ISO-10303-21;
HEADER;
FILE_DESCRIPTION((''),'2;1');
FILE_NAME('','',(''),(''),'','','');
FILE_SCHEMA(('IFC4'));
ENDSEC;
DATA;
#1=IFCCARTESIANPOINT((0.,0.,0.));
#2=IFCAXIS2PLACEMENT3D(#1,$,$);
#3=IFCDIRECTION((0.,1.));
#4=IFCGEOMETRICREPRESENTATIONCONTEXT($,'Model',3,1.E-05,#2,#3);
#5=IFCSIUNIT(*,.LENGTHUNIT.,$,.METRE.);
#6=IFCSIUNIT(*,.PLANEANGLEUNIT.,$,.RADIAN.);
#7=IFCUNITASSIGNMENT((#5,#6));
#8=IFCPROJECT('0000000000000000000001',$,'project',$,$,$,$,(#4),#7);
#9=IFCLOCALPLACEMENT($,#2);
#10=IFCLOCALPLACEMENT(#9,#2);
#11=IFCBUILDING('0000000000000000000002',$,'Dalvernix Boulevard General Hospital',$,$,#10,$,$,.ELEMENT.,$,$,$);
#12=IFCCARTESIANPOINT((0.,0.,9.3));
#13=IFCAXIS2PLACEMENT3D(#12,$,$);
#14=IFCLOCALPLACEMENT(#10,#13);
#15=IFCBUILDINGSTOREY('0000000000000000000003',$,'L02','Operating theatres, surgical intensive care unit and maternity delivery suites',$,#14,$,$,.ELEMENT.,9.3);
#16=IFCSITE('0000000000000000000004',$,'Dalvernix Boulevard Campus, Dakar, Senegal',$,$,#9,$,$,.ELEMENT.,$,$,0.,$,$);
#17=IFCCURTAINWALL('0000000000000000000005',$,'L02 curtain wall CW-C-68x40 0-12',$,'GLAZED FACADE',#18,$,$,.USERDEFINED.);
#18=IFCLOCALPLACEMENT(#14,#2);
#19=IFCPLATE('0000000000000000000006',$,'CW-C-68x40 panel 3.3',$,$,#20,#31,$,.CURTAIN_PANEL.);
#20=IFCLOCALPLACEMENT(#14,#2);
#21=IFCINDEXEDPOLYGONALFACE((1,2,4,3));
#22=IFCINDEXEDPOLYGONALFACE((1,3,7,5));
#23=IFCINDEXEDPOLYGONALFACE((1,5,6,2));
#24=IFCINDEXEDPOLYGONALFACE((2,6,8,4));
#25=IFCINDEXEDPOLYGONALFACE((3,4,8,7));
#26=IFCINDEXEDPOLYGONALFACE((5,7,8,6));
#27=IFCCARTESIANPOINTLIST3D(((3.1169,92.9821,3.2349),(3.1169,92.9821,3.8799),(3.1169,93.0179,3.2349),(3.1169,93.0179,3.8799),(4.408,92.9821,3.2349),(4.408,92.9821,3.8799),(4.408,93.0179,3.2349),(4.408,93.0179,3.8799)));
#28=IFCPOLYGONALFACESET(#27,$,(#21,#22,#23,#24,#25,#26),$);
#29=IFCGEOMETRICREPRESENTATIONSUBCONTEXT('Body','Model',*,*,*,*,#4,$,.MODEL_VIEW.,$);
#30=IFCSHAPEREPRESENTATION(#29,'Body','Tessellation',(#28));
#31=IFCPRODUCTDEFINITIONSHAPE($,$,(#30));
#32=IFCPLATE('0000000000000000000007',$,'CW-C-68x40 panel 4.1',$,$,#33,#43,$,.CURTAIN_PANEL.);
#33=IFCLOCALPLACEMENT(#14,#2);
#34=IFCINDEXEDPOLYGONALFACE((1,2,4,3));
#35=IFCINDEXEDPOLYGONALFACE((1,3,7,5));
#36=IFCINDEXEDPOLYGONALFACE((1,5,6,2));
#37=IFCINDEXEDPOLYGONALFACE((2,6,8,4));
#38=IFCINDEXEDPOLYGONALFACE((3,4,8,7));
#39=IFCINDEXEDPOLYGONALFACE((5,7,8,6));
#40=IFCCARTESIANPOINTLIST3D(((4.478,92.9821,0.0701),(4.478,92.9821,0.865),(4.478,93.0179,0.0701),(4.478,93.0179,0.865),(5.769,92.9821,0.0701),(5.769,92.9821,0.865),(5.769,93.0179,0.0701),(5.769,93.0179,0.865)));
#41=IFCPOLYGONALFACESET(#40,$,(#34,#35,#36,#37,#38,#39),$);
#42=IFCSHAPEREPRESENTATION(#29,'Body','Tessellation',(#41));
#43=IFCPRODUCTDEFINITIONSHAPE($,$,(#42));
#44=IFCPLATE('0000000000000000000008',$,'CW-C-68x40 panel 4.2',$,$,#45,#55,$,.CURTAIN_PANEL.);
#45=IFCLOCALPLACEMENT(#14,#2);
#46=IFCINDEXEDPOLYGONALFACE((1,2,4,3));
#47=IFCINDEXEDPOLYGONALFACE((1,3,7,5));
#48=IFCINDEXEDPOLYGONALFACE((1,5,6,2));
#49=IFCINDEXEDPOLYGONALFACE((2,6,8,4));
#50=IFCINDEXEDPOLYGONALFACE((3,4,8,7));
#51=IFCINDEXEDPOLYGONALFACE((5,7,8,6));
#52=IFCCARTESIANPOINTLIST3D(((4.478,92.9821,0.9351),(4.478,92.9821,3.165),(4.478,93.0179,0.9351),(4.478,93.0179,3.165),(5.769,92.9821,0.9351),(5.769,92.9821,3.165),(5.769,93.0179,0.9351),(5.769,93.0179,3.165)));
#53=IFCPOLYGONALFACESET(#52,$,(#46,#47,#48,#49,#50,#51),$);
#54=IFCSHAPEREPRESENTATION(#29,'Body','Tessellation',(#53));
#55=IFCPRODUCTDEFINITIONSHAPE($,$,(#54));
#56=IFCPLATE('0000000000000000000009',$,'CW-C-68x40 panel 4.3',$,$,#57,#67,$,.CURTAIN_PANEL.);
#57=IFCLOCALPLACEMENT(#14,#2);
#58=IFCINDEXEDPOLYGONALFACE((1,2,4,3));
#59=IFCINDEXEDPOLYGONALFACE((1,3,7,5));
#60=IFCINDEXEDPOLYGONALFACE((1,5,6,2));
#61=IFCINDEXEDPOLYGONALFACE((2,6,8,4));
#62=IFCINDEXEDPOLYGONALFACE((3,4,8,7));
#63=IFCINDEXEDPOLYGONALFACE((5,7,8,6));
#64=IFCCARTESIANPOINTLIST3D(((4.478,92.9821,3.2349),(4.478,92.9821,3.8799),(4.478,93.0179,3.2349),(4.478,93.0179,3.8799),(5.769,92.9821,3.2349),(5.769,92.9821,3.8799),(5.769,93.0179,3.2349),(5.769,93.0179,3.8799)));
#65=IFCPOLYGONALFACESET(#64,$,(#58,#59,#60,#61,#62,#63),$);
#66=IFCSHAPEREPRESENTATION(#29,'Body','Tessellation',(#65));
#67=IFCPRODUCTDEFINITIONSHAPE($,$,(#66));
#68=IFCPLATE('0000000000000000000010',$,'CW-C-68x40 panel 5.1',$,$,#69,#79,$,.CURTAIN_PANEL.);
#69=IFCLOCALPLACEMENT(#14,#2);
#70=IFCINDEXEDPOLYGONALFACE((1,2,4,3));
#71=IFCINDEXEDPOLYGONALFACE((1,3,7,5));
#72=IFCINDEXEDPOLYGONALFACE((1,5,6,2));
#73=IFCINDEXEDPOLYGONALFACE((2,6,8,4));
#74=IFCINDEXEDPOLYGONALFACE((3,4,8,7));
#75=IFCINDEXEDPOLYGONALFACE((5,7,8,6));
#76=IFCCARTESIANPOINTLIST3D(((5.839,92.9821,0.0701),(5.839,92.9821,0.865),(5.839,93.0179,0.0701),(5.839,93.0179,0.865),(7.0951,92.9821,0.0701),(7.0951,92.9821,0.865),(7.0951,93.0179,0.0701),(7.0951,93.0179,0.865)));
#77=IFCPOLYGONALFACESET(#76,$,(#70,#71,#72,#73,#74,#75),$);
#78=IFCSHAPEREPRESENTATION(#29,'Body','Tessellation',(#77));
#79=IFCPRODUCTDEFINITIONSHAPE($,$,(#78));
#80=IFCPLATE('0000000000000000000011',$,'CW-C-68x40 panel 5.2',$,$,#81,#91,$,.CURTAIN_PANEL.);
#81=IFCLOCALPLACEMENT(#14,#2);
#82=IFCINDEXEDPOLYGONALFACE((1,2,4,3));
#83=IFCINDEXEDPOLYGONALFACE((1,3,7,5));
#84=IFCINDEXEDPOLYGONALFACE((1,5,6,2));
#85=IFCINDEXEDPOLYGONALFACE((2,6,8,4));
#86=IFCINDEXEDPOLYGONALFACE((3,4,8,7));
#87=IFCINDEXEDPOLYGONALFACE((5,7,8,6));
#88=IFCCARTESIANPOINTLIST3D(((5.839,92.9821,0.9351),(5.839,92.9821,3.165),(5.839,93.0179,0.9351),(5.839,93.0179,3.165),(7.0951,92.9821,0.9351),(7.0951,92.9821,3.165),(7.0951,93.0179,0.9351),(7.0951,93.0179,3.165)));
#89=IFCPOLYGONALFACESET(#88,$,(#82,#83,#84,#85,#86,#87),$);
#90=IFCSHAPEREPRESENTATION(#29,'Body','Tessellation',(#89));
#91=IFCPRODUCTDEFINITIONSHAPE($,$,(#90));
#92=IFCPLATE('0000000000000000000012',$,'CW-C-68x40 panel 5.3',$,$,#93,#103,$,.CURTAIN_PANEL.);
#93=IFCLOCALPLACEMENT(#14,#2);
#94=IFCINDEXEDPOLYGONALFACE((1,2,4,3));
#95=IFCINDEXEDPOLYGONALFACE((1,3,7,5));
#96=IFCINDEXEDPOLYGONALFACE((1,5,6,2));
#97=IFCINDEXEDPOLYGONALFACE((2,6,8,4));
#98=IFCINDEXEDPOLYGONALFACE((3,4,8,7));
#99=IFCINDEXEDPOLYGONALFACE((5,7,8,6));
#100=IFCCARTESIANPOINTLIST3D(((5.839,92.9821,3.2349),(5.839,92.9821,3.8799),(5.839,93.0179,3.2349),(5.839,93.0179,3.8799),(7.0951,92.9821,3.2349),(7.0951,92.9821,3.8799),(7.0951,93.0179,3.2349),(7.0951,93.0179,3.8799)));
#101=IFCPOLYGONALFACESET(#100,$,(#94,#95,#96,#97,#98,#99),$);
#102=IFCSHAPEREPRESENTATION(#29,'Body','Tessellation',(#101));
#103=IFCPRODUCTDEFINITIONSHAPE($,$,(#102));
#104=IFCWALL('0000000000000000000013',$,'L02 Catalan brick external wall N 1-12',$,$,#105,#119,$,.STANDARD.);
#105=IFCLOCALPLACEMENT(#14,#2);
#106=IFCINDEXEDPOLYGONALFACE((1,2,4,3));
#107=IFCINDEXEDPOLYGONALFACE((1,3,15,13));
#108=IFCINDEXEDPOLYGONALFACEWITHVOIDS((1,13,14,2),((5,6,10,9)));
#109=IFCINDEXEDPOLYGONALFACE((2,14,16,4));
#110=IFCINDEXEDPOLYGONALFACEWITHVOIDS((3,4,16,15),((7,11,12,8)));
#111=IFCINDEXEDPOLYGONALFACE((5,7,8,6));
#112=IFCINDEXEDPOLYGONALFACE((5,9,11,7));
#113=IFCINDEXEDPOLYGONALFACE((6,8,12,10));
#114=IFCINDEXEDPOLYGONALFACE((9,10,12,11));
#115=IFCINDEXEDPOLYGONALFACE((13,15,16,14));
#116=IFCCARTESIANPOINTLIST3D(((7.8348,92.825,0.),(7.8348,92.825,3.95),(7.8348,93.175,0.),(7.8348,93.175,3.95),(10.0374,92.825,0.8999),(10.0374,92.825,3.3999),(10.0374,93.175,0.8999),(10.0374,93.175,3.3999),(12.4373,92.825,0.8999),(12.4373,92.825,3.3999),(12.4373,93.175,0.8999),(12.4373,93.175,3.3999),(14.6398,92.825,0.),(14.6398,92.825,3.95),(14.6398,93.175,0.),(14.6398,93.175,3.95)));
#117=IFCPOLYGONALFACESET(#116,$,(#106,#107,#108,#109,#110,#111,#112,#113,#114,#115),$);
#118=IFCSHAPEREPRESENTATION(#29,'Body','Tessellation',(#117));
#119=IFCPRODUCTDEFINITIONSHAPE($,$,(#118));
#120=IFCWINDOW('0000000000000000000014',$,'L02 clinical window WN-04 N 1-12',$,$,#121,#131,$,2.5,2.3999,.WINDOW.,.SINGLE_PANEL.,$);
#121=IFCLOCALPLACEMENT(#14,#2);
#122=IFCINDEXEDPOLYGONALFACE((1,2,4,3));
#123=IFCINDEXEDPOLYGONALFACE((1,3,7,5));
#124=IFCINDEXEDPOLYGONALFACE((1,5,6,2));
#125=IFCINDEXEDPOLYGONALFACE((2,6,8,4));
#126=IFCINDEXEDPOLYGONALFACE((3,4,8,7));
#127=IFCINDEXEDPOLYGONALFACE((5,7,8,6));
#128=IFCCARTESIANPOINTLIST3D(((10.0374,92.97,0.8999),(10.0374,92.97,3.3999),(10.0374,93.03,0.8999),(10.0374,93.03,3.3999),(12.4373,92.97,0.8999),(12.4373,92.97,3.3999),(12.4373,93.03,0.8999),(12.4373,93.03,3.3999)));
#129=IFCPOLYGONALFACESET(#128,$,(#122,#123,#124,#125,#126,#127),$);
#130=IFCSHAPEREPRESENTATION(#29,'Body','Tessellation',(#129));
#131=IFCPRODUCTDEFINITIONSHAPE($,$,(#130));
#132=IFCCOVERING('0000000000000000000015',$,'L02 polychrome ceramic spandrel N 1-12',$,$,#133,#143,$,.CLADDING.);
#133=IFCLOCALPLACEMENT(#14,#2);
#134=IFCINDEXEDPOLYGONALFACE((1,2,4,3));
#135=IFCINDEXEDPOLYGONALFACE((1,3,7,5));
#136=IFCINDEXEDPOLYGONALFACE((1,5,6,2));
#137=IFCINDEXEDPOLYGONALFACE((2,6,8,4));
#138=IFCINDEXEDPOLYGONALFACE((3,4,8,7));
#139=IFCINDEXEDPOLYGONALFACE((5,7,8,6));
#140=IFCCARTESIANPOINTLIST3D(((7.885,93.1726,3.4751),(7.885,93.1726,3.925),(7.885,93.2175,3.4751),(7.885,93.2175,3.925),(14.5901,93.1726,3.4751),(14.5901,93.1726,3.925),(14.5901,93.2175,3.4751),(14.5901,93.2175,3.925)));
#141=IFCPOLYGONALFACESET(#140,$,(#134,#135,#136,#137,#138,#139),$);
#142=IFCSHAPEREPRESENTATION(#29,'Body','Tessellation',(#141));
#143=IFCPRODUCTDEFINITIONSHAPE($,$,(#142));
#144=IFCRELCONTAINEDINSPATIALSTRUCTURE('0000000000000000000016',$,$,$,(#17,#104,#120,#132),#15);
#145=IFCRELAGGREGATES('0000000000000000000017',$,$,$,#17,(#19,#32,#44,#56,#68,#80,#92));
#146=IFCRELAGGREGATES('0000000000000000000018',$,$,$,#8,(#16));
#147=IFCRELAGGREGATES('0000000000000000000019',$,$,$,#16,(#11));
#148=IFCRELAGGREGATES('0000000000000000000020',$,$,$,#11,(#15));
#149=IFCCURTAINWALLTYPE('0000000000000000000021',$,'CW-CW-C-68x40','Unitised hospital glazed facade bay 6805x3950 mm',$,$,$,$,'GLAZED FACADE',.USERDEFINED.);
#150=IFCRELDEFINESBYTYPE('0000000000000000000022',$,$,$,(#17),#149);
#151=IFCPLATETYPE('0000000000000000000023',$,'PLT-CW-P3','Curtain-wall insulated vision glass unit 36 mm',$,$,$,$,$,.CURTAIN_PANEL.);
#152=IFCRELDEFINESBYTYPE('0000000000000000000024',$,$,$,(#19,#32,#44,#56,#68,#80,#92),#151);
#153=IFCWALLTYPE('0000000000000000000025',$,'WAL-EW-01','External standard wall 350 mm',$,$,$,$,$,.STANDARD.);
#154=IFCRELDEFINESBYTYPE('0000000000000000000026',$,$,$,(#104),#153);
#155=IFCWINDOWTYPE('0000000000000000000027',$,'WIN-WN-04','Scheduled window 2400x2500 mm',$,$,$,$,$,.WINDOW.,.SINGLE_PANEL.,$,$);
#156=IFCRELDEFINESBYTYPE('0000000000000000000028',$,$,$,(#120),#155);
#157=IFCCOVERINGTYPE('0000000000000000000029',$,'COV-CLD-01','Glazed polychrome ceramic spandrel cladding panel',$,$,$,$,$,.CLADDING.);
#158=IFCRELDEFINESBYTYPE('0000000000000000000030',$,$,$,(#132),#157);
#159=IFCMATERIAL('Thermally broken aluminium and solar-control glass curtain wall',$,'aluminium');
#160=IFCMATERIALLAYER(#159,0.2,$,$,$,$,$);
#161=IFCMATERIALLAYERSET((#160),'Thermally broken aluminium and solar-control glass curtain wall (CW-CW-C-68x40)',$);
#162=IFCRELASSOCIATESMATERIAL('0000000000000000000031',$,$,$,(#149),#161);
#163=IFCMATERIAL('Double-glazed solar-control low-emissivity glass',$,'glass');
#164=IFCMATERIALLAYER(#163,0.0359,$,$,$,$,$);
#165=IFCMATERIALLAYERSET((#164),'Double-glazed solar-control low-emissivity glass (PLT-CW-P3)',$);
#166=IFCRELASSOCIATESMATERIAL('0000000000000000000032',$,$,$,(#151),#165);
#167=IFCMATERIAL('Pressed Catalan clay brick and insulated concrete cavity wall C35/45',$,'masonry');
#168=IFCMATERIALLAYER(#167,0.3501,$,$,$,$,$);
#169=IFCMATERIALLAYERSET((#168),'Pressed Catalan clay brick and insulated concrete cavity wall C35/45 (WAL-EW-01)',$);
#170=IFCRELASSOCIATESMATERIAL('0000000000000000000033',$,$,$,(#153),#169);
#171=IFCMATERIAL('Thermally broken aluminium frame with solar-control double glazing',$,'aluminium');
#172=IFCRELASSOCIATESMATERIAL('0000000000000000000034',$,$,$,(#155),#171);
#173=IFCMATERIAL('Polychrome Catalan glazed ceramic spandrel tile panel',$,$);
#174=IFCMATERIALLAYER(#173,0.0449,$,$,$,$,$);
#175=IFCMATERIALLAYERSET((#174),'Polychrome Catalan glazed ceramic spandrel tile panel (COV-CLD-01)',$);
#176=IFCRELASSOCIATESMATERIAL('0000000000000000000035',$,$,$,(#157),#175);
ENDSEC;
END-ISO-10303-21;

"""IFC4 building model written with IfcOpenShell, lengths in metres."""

from ifc_helpers import new_model, si_unit, direction, frame, frame_2d, origin, origin_2d, place, context, subcontext, project, spatial, rectangle, extrude, material, layer, layer_set, type_object, element, fill, aggregate, save


model = new_model("IFC4")

# Units and contexts
model_context = context("Model", 3, precision=1e-05, world=origin(), true_north=direction((0.0, 1.0)))
body_context = subcontext(model_context, "Body", "Model", "MODEL_VIEW")
ifc_project = project(units=[si_unit("LENGTHUNIT", "METRE"), si_unit("PLANEANGLEUNIT", "RADIAN")], contexts=[model_context])

# Site, building, storey
site_placement = place(None, origin())
site = spatial("IfcSite", under=ifc_project, at=site_placement, Name="Dalvernix Boulevard Campus, Dakar, Senegal", CompositionType="ELEMENT", RefElevation=0.0)
building_placement = place(site_placement, origin())
building = spatial("IfcBuilding", under=site, at=building_placement, Name="Dalvernix Boulevard General Hospital", CompositionType="ELEMENT")
storey_placement = place(building_placement, frame((0.0, 0.0, 9.3)))
storey = spatial("IfcBuildingStorey", under=building, at=storey_placement, Name="L02", Description="Operating theatres, surgical intensive care unit and maternity delivery suites", CompositionType="ELEMENT", Elevation=9.3)

# Curtain wall, plates
ifc_material_1 = material(Name="Thermally broken aluminium and solar-control glass curtain wall", Category="aluminium")
ifc_layer_1 = layer(ifc_material_1, 0.2)
ifc_layer_set_1 = layer_set([ifc_layer_1], Name="Thermally broken aluminium and solar-control glass curtain wall (CW-CW-C-68x40)")
curtain_wall_type = type_object("IfcCurtainWallType", Name="CW-CW-C-68x40", Description="Unitised hospital glazed facade bay 6805x3950 mm", ElementType="GLAZED FACADE", PredefinedType="USERDEFINED", material=ifc_layer_set_1)
curtain_wall_placement = place(storey_placement, origin())
curtain_wall = element("IfcCurtainWall", 1, at=curtain_wall_placement, inside=storey, type_object=curtain_wall_type, Name="L02 curtain wall CW-C-68x40 0-12", ObjectType="GLAZED FACADE", PredefinedType="USERDEFINED")
ifc_material_2 = material(Name="Double-glazed solar-control low-emissivity glass", Category="glass")
ifc_layer_2 = layer(ifc_material_2, 0.0359)
ifc_layer_set_2 = layer_set([ifc_layer_2], Name="Double-glazed solar-control low-emissivity glass (PLT-CW-P3)")
plate_type = type_object("IfcPlateType", Name="PLT-CW-P3", Description="Curtain-wall insulated vision glass unit 36 mm", PredefinedType="CURTAIN_PANEL", material=ifc_layer_set_2)
plate_1_placement = place(storey_placement, frame((3.7625, 93.0, 3.2349), z_axis=(0.0, 0.0, 1.0), x_axis=(1.0, 0.0, 0.0)))
plate_1 = element("IfcPlate", 2, at=plate_1_placement, type_object=plate_type, Name="CW-C-68x40 panel 3.3", PredefinedType="CURTAIN_PANEL", context=body_context, shape_type="SweptSolid", body=[
    extrude(rectangle(XDim=1.291, YDim=0.0359, at=origin_2d()), origin(), (0.0, 0.0, 1.0), 0.645),
])
plate_2_placement = place(storey_placement, frame((5.1235, 93.0, 0.0701), z_axis=(0.0, 0.0, 1.0), x_axis=(1.0, 0.0, 0.0)))
plate_2 = element("IfcPlate", 3, at=plate_2_placement, type_object=plate_type, Name="CW-C-68x40 panel 4.1", PredefinedType="CURTAIN_PANEL", context=body_context, shape_type="SweptSolid", body=[
    extrude(rectangle(XDim=1.291, YDim=0.0359, at=origin_2d()), origin(), (0.0, 0.0, 1.0), 0.7949),
])
plate_3_placement = place(storey_placement, frame((5.1235, 93.0, 0.9351), z_axis=(0.0, 0.0, 1.0), x_axis=(1.0, 0.0, 0.0)))
plate_3 = element("IfcPlate", 4, at=plate_3_placement, type_object=plate_type, Name="CW-C-68x40 panel 4.2", PredefinedType="CURTAIN_PANEL", context=body_context, shape_type="SweptSolid", body=[
    extrude(rectangle(XDim=1.291, YDim=0.0359, at=origin_2d()), origin(), (0.0, 0.0, 1.0), 2.23),
])
plate_4_placement = place(storey_placement, frame((5.1235, 93.0, 3.2349), z_axis=(0.0, 0.0, 1.0), x_axis=(1.0, 0.0, 0.0)))
plate_4 = element("IfcPlate", 5, at=plate_4_placement, type_object=plate_type, Name="CW-C-68x40 panel 4.3", PredefinedType="CURTAIN_PANEL", context=body_context, shape_type="SweptSolid", body=[
    extrude(rectangle(XDim=1.291, YDim=0.0359, at=origin_2d()), origin(), (0.0, 0.0, 1.0), 0.645),
])
plate_5_placement = place(storey_placement, frame((6.467, 93.0, 0.0701), z_axis=(0.0, 0.0, 1.0), x_axis=(1.0, 0.0, 0.0)))
plate_5 = element("IfcPlate", 6, at=plate_5_placement, type_object=plate_type, Name="CW-C-68x40 panel 5.1", PredefinedType="CURTAIN_PANEL", context=body_context, shape_type="SweptSolid", body=[
    extrude(rectangle(XDim=1.2561, YDim=0.0359, at=origin_2d()), origin(), (0.0, 0.0, 1.0), 0.7949),
])
plate_6_placement = place(storey_placement, frame((6.467, 93.0, 0.9351), z_axis=(0.0, 0.0, 1.0), x_axis=(1.0, 0.0, 0.0)))
plate_6 = element("IfcPlate", 7, at=plate_6_placement, type_object=plate_type, Name="CW-C-68x40 panel 5.2", PredefinedType="CURTAIN_PANEL", context=body_context, shape_type="SweptSolid", body=[
    extrude(rectangle(XDim=1.2561, YDim=0.0359, at=origin_2d()), origin(), (0.0, 0.0, 1.0), 2.23),
])
plate_7_placement = place(storey_placement, frame((6.467, 93.0, 3.2349), z_axis=(0.0, 0.0, 1.0), x_axis=(1.0, 0.0, 0.0)))
plate_7 = element("IfcPlate", 8, at=plate_7_placement, type_object=plate_type, Name="CW-C-68x40 panel 5.3", PredefinedType="CURTAIN_PANEL", context=body_context, shape_type="SweptSolid", body=[
    extrude(rectangle(XDim=1.2561, YDim=0.0359, at=origin_2d()), origin(), (0.0, 0.0, 1.0), 0.645),
])
aggregate(curtain_wall, [plate_1, plate_2, plate_3, plate_4, plate_5, plate_6, plate_7])

# Wall, opening, window
ifc_material_3 = material(Name="Pressed Catalan clay brick and insulated concrete cavity wall C35/45", Category="masonry")
ifc_layer_3 = layer(ifc_material_3, 0.3501)
ifc_layer_set_3 = layer_set([ifc_layer_3], Name="Pressed Catalan clay brick and insulated concrete cavity wall C35/45 (WAL-EW-01)")
wall_type = type_object("IfcWallType", Name="WAL-EW-01", Description="External standard wall 350 mm", PredefinedType="STANDARD", material=ifc_layer_set_3)
wall_placement = place(storey_placement, frame((7.835, 93.0, 0.0), z_axis=(0.0, 0.0, 1.0), x_axis=(1.0, 0.0, 0.0)))
wall = element("IfcWall", 9, at=wall_placement, inside=storey, type_object=wall_type, Name="L02 Catalan brick external wall N 1-12", PredefinedType="STANDARD", context=body_context, shape_type="SweptSolid", body=[
    extrude(rectangle(XDim=6.8049, YDim=0.3501, at=frame_2d((3.4023, 0.0))), origin(), (0.0, 0.0, 1.0), 3.95),
])
opening_placement = place(wall_placement, frame((2.2024, 0.0, 0.8999)))
opening = element("IfcOpeningElement", 10, at=opening_placement, cuts=wall, PredefinedType="OPENING", context=body_context, shape_type="SweptSolid", body=[
    extrude(rectangle(XDim=2.3999, YDim=2.5, at=frame_2d((1.2, 1.25))), frame((0.0, 0.1851, 0.0), z_axis=(0.0, -1.0, 0.0), x_axis=(1.0, 0.0, 0.0)), (0.0, 0.0, 1.0), 0.3701),
])
ifc_material_4 = material(Name="Thermally broken aluminium frame with solar-control double glazing", Category="aluminium")
window_type = type_object("IfcWindowType", Name="WIN-WN-04", Description="Scheduled window 2400x2500 mm", PartitioningType="SINGLE_PANEL", PredefinedType="WINDOW", material=ifc_material_4)
window_placement = place(opening_placement, origin())
window = element("IfcWindow", 11, at=window_placement, inside=storey, type_object=window_type, Name="L02 clinical window WN-04 N 1-12", OverallHeight=2.5, OverallWidth=2.3999, PartitioningType="SINGLE_PANEL", PredefinedType="WINDOW", context=body_context, shape_type="SweptSolid", body=[
    extrude(rectangle(XDim=2.3999, YDim=2.5, at=frame_2d((1.2, 1.25))), frame((0.0, 0.03, 0.0), z_axis=(0.0, -1.0, 0.0), x_axis=(1.0, 0.0, 0.0)), (0.0, 0.0, 1.0), 0.0601),
])
fill(opening, window)

# Covering
ifc_material_5 = material(Name="Polychrome Catalan glazed ceramic spandrel tile panel")
ifc_layer_4 = layer(ifc_material_5, 0.0449)
ifc_layer_set_4 = layer_set([ifc_layer_4], Name="Polychrome Catalan glazed ceramic spandrel tile panel (COV-CLD-01)")
covering_type = type_object("IfcCoveringType", Name="COV-CLD-01", Description="Glazed polychrome ceramic spandrel cladding panel", PredefinedType="CLADDING", material=ifc_layer_set_4)
covering_placement = place(storey_placement, frame((11.2375, 93.1951, 3.4751), z_axis=(0.0, 0.0, 1.0), x_axis=(1.0, 0.0, 0.0)))
element("IfcCovering", 12, at=covering_placement, inside=storey, type_object=covering_type, Name="L02 polychrome ceramic spandrel N 1-12", PredefinedType="CLADDING", context=body_context, shape_type="SweptSolid", body=[
    extrude(rectangle(XDim=6.7051, YDim=0.0449, at=origin_2d()), origin(), (0.0, 0.0, 1.0), 0.45),
])

save(model, "model.ifc")
